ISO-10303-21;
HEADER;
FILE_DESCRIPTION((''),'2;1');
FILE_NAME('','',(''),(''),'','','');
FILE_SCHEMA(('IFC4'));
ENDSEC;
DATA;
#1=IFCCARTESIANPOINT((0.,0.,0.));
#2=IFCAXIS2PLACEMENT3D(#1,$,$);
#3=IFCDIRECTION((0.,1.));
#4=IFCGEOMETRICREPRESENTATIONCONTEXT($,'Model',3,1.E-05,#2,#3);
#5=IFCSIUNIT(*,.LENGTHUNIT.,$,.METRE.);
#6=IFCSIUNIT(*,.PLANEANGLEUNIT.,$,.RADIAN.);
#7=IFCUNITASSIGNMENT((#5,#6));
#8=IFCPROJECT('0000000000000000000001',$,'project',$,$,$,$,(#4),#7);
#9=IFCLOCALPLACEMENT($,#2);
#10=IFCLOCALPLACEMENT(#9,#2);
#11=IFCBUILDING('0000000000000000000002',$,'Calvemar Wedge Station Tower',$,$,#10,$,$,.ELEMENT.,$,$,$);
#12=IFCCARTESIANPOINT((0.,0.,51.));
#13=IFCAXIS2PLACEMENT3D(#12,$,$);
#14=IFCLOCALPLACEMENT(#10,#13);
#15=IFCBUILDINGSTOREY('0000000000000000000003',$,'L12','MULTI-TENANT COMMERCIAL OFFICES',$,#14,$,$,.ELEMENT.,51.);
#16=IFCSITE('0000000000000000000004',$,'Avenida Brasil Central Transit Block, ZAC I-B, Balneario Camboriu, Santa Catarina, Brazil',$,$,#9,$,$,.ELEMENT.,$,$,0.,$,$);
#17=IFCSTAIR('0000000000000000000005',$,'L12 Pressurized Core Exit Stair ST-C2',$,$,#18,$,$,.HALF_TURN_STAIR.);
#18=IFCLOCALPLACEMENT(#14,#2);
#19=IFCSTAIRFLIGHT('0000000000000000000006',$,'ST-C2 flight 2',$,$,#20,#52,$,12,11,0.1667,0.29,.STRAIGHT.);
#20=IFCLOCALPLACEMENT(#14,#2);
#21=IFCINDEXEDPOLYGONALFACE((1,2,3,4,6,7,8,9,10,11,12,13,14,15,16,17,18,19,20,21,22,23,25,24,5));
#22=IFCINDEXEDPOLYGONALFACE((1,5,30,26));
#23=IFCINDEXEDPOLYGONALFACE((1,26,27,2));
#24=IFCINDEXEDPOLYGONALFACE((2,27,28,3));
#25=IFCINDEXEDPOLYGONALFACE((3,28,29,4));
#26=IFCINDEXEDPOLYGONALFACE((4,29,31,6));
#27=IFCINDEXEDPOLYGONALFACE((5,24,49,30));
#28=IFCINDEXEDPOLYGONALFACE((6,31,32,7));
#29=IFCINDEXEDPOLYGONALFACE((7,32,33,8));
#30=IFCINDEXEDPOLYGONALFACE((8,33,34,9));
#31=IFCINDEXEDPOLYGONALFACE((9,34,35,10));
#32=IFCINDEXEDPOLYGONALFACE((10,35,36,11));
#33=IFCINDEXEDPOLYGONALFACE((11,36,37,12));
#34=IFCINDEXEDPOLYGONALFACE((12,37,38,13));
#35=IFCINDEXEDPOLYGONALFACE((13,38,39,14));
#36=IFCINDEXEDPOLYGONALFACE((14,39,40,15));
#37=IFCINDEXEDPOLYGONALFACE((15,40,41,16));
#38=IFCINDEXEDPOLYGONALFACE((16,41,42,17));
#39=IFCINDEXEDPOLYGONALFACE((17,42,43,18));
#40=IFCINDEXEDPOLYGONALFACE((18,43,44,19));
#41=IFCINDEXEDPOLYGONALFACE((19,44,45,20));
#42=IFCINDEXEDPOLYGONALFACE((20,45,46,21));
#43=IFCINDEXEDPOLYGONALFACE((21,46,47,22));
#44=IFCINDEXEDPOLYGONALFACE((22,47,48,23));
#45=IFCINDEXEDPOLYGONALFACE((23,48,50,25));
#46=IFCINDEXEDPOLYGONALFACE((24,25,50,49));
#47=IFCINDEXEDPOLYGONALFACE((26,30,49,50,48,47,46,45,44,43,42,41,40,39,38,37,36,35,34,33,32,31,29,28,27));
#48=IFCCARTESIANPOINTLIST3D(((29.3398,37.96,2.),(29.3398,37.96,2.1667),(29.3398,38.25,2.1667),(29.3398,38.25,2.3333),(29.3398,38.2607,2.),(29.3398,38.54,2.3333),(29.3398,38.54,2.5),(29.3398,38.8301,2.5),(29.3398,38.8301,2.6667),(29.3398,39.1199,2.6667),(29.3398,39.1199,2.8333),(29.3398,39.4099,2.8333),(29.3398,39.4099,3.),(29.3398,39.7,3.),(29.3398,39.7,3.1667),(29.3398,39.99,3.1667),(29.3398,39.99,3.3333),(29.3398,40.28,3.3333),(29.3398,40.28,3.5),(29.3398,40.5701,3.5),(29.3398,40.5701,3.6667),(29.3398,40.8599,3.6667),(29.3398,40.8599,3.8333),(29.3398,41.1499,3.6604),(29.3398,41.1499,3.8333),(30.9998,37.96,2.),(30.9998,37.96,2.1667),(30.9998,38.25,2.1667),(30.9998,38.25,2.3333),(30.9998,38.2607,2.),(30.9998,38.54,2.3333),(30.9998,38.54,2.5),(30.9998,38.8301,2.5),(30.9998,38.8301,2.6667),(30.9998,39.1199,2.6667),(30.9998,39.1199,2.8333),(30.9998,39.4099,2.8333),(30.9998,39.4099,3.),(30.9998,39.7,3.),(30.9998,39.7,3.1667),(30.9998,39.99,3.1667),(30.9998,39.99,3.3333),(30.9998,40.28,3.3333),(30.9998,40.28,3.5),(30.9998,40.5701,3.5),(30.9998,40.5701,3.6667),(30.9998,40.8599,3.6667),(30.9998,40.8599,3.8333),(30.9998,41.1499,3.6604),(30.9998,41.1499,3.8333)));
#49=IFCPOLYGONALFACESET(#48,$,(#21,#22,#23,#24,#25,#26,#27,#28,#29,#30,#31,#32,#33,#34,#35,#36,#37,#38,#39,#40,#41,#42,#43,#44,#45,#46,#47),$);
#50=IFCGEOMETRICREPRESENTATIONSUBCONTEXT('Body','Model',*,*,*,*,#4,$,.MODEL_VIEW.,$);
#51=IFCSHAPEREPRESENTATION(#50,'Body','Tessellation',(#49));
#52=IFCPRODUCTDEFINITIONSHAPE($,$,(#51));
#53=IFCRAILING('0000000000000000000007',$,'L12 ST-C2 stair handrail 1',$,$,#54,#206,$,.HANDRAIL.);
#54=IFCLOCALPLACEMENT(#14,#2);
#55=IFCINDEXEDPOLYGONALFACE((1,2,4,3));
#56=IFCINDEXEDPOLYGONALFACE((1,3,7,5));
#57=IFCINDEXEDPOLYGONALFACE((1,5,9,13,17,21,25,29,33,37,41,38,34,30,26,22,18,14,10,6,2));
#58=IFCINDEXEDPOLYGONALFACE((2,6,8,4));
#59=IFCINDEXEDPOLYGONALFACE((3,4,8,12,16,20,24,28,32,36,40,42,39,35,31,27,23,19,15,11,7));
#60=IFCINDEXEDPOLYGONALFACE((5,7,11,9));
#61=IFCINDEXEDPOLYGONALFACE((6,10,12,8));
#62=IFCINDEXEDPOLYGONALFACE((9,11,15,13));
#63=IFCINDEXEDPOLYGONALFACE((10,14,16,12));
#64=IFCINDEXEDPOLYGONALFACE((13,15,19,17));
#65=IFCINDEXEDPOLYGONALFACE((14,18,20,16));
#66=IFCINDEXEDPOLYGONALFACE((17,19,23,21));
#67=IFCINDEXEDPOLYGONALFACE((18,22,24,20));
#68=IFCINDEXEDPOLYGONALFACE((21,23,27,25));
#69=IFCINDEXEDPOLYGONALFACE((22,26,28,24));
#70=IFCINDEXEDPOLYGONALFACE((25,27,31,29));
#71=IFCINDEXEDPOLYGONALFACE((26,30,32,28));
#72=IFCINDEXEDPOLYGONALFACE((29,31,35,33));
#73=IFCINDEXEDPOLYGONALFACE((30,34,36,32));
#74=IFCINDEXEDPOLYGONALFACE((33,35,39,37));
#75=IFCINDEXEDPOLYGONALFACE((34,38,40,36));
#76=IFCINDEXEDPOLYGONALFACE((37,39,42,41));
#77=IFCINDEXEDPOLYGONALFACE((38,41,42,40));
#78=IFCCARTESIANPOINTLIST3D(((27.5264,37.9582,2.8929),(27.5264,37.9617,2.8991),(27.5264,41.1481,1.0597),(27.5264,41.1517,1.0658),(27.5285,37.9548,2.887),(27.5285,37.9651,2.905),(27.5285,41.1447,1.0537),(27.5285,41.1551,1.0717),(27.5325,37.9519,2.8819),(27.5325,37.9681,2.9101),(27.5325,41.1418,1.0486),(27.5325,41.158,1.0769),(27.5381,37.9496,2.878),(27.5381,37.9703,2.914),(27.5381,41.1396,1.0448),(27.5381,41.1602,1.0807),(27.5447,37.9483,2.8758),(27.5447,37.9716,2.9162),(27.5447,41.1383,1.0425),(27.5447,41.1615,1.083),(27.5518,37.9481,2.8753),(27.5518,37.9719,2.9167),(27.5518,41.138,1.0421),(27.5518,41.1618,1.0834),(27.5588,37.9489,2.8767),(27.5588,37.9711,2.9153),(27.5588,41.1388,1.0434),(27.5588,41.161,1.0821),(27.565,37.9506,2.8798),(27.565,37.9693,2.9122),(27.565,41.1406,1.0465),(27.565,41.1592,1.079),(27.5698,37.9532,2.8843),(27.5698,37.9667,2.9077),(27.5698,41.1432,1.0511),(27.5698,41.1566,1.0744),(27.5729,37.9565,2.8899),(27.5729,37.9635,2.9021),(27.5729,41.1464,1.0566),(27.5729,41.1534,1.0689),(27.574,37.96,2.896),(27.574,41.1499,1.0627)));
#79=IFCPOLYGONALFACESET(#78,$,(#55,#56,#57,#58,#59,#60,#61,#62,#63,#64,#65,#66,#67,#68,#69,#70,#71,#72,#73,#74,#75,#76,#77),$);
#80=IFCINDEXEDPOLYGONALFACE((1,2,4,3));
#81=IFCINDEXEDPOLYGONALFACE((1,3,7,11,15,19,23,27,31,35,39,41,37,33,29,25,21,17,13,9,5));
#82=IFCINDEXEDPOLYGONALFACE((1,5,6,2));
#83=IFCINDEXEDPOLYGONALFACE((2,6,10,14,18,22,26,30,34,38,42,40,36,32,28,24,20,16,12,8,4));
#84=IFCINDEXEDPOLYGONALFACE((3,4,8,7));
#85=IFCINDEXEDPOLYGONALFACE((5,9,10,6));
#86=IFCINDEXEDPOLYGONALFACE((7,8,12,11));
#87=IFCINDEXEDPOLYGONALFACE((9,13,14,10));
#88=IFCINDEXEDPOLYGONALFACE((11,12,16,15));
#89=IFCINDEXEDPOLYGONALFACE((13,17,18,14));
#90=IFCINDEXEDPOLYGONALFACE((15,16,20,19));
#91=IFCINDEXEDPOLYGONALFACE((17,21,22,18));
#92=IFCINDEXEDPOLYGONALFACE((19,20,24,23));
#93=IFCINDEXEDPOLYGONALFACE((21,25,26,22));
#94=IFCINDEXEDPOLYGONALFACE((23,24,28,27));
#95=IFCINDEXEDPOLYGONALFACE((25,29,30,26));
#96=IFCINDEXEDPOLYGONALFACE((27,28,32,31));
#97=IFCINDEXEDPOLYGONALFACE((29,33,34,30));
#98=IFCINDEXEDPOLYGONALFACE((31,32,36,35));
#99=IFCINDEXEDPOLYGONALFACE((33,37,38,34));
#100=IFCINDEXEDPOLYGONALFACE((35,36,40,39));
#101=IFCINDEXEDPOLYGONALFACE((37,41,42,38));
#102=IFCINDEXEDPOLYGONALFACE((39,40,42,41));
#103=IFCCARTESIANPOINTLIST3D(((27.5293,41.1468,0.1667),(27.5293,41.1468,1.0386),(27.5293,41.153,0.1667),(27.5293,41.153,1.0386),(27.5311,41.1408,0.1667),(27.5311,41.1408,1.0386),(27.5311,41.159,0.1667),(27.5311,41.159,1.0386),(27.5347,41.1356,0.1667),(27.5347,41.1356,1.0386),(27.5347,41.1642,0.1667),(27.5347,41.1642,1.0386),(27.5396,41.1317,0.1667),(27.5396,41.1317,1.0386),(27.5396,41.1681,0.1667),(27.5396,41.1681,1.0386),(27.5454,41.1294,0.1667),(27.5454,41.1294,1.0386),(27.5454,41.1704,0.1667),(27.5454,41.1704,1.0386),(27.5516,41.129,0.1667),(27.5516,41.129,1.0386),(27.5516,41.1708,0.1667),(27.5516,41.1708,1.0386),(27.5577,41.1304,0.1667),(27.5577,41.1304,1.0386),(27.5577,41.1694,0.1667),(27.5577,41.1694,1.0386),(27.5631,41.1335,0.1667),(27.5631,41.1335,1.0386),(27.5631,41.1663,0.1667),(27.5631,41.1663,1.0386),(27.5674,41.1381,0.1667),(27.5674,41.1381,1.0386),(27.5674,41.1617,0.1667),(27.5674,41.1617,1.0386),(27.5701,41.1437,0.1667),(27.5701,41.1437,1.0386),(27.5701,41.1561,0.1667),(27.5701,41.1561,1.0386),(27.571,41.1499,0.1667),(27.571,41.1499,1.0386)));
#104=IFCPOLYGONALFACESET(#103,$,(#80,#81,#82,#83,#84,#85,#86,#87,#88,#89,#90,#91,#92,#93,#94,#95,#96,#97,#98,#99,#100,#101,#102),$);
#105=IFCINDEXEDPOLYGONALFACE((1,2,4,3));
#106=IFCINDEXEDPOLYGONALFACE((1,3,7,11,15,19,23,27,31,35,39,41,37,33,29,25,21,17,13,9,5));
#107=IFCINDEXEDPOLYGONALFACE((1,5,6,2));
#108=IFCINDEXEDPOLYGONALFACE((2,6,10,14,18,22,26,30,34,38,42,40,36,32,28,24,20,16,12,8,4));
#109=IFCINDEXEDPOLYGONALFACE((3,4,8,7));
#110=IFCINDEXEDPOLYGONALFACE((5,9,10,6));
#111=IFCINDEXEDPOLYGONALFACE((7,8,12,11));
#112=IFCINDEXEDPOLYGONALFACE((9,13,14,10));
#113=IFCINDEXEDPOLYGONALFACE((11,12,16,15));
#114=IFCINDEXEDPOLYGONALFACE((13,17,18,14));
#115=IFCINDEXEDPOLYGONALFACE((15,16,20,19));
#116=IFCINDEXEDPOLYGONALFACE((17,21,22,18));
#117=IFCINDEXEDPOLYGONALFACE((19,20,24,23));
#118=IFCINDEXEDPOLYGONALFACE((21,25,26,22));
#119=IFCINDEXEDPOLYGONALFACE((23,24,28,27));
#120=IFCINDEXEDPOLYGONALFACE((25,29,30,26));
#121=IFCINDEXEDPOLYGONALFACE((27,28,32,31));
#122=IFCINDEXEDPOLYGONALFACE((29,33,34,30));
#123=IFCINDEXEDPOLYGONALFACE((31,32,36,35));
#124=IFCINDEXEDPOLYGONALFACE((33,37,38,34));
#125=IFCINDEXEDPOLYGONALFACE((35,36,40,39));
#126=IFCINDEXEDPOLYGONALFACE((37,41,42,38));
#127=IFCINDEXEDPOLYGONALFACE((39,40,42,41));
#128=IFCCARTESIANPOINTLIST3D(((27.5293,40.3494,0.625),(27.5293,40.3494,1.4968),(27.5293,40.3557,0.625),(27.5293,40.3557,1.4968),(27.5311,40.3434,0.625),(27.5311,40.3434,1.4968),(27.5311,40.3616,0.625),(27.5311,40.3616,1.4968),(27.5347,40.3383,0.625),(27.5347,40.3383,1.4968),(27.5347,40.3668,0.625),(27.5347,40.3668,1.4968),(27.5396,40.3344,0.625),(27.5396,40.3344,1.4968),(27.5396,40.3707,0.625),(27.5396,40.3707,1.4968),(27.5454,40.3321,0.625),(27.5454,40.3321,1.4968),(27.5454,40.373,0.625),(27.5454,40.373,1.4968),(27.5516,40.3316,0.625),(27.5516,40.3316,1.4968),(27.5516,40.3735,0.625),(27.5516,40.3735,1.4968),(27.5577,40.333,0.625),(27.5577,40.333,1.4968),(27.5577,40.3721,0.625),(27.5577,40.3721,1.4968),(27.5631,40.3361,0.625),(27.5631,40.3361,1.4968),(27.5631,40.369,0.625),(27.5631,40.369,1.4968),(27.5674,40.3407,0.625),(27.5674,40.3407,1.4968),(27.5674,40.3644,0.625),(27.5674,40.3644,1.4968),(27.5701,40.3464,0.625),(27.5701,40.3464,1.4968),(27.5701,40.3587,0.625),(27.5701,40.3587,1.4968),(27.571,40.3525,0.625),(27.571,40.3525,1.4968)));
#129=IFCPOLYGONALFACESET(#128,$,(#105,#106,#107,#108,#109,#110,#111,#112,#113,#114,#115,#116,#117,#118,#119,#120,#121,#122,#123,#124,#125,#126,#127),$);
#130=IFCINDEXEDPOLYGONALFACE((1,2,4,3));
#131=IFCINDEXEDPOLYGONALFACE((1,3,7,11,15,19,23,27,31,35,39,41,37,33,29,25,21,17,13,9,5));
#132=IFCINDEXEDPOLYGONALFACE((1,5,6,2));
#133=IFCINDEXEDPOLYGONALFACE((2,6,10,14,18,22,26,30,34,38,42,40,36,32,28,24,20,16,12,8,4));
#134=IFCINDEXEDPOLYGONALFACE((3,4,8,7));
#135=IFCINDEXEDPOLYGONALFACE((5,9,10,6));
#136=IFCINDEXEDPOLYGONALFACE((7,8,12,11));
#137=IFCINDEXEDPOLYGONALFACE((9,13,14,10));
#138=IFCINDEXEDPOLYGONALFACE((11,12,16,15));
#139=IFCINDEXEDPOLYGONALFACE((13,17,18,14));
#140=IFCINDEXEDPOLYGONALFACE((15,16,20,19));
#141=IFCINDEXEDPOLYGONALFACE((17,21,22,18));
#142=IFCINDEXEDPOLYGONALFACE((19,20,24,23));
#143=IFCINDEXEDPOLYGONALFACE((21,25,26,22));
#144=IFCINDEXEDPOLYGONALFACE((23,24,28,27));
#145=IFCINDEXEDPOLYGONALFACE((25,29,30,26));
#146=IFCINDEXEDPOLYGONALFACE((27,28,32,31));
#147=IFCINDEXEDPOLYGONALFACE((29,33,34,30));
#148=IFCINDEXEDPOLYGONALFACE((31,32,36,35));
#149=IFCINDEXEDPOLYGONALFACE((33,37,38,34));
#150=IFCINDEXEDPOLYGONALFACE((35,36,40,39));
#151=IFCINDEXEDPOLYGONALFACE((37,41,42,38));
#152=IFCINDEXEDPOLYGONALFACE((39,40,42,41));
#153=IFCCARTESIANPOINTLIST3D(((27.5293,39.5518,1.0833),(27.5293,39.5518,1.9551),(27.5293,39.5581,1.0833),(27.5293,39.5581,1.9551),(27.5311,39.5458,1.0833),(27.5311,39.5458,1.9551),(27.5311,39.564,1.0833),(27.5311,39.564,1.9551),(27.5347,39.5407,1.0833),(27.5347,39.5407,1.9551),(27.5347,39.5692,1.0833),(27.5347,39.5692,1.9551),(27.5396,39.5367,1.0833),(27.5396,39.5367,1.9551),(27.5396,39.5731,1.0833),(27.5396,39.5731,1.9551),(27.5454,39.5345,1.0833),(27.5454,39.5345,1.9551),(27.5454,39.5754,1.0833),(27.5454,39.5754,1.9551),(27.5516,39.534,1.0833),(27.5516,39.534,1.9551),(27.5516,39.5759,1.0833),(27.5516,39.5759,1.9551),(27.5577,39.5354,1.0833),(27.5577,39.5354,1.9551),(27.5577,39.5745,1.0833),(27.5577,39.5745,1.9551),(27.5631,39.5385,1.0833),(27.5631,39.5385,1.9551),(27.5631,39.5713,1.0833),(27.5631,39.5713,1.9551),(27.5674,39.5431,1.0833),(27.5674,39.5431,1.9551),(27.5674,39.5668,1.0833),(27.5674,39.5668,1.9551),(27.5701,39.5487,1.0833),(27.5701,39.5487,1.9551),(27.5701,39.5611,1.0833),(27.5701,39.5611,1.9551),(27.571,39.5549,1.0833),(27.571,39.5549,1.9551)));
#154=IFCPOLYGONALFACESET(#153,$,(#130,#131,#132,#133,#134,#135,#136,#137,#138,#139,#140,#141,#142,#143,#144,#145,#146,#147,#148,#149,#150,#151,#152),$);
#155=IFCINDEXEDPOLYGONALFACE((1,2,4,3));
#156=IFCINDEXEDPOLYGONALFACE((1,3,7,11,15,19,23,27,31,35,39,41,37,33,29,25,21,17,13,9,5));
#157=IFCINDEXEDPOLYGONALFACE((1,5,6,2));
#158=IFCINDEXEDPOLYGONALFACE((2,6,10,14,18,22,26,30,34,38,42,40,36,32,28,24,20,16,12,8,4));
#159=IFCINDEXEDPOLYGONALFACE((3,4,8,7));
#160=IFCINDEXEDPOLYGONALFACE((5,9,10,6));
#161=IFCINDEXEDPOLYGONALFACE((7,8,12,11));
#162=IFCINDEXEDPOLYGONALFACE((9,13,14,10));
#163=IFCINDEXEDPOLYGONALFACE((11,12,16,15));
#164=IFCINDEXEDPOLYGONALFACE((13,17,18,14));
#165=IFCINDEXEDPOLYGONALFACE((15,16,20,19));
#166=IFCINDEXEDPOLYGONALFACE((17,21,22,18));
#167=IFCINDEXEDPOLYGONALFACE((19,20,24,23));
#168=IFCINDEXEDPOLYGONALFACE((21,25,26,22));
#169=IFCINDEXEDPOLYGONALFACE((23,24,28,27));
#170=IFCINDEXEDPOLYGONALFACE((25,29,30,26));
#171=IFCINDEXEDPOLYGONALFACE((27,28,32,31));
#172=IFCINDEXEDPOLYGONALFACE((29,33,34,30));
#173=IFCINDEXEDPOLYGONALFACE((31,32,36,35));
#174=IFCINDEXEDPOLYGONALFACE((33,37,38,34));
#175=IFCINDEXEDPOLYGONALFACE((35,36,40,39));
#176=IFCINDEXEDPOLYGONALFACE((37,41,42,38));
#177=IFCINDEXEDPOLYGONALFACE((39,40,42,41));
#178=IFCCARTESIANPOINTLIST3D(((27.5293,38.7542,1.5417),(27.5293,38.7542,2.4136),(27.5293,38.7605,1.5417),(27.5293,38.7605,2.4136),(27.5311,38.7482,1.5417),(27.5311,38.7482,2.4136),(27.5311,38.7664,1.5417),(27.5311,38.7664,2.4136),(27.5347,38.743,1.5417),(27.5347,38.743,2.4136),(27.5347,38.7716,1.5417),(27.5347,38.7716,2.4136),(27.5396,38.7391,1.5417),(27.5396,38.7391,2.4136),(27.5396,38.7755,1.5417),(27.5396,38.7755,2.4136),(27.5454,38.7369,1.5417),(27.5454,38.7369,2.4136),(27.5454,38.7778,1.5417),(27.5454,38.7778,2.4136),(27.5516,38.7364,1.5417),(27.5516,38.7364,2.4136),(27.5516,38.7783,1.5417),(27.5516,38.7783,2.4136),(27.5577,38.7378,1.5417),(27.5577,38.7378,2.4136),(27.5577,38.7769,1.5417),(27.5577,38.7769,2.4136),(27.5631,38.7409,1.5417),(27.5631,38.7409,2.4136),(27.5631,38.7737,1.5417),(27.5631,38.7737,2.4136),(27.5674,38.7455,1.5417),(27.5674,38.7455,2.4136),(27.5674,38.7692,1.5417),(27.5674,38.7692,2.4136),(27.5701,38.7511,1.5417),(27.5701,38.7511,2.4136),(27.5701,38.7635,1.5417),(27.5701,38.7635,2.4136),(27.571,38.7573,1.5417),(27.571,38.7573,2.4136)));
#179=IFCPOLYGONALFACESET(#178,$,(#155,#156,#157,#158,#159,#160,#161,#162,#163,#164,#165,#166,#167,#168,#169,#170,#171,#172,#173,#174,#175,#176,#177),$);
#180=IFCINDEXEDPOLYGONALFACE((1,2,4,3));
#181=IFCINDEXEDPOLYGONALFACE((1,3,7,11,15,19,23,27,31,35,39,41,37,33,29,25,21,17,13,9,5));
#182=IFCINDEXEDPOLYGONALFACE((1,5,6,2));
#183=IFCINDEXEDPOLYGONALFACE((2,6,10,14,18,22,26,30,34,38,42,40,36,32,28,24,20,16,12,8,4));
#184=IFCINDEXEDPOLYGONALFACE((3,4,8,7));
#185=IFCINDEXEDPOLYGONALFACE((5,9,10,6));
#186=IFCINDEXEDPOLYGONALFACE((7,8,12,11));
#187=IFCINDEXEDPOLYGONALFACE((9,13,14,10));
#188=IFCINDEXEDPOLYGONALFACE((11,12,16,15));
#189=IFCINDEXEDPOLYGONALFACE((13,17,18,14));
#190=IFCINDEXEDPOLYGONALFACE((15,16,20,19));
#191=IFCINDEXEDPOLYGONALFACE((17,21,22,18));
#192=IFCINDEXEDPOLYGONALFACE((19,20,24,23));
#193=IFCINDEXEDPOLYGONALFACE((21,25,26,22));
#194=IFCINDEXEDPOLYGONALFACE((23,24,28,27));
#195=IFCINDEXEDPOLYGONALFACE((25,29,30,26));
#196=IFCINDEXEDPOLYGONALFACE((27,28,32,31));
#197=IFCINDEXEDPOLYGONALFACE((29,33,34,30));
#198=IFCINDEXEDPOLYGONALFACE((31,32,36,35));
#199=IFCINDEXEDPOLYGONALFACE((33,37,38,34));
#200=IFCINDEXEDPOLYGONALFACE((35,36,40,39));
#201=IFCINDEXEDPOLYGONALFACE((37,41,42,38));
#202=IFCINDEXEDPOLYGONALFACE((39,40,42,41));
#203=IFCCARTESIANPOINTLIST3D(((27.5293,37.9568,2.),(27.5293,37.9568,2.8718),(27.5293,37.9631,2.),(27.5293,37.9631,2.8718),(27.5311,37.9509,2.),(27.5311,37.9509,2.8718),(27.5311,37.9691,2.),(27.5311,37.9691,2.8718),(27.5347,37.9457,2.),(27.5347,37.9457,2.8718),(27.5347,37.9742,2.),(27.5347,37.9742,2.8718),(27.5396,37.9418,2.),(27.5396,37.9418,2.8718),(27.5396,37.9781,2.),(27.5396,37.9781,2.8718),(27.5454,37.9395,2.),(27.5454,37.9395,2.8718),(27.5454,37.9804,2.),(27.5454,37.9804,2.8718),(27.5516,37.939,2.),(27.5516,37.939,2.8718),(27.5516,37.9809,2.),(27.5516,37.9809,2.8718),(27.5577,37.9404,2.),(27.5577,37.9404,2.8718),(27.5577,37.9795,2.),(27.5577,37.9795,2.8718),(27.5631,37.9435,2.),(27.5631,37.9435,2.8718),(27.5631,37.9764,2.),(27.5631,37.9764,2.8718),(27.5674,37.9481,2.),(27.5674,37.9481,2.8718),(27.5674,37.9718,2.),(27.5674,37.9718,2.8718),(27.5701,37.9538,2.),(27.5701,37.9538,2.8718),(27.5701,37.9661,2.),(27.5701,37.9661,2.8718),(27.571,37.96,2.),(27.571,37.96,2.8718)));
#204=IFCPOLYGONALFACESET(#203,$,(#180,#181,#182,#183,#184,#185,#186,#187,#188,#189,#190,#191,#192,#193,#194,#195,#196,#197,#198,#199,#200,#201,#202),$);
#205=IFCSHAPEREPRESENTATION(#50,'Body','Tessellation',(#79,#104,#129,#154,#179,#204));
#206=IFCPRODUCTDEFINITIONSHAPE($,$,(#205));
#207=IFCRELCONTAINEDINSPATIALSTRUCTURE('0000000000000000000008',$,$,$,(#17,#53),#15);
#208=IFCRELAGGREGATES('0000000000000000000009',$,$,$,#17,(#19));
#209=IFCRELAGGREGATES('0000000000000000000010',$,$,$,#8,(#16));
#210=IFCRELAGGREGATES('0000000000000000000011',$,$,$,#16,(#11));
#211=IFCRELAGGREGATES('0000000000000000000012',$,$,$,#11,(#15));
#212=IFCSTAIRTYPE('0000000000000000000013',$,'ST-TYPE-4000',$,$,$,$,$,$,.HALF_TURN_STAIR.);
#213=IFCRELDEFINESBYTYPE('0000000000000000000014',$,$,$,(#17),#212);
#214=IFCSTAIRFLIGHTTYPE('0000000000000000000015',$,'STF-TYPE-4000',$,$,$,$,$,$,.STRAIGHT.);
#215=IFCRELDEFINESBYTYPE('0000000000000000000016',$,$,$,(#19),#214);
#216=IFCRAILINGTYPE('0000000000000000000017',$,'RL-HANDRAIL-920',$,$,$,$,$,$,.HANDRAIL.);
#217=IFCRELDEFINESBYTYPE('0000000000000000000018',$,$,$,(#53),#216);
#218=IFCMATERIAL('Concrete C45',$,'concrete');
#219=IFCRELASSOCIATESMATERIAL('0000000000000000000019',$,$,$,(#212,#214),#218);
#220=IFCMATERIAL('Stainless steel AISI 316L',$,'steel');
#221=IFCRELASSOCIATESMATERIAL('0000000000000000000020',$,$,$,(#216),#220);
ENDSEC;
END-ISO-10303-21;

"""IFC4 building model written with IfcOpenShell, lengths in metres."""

from ifc_helpers import new_model, si_unit, direction, frame, origin, origin_2d, place, context, subcontext, project, spatial, polyline, circle, outline, extrude, material, type_object, element, aggregate, save


model = new_model("IFC4")

# Units and contexts
model_context = context("Model", 3, precision=1e-05, world=origin(), true_north=direction((0.0, 1.0)))
body_context = subcontext(model_context, "Body", "Model", "MODEL_VIEW")
ifc_project = project(units=[si_unit("LENGTHUNIT", "METRE"), si_unit("PLANEANGLEUNIT", "RADIAN")], contexts=[model_context])

# Site, building, storey
site_placement = place(None, origin())
site = spatial("IfcSite", under=ifc_project, at=site_placement, Name="Avenida Brasil Central Transit Block, ZAC I-B, Balneario Camboriu, Santa Catarina, Brazil", CompositionType="ELEMENT", RefElevation=0.0)
building_placement = place(site_placement, origin())
building = spatial("IfcBuilding", under=site, at=building_placement, Name="Calvemar Wedge Station Tower", CompositionType="ELEMENT")
storey_placement = place(building_placement, frame((0.0, 0.0, 51.0)))
storey = spatial("IfcBuildingStorey", under=building, at=storey_placement, Name="L12", Description="MULTI-TENANT COMMERCIAL OFFICES", CompositionType="ELEMENT", Elevation=51.0)

# Stair, stair flight
ifc_material_1 = material(Name="Concrete C45", Category="concrete")
stair_type = type_object("IfcStairType", Name="ST-TYPE-4000", PredefinedType="HALF_TURN_STAIR", material=ifc_material_1)
stair_placement = place(storey_placement, origin())
stair = element("IfcStair", 1, at=stair_placement, inside=storey, type_object=stair_type, Name="L12 Pressurized Core Exit Stair ST-C2", PredefinedType="HALF_TURN_STAIR")
stair_flight_type = type_object("IfcStairFlightType", Name="STF-TYPE-4000", PredefinedType="STRAIGHT", material=ifc_material_1)
stair_flight_1_placement = place(storey_placement, frame((30.1699, 37.96, 2.0), z_axis=(0.0, 0.0, 1.0), x_axis=(0.0, 1.0, 0.0)))
stair_flight_1 = element("IfcStairFlight", 2, at=stair_flight_1_placement, type_object=stair_flight_type, Name="ST-C2 flight 2", NumberOfRisers=12, NumberOfTreads=11, PredefinedType="STRAIGHT", RiserHeight=0.1667, TreadLength=0.29, context=body_context, shape_type="SweptSolid", body=[
    extrude(outline(polyline([(0.0, 0.0), (0.0, 0.1667), (0.29, 0.1667), (0.29, 0.3333), (0.5801, 0.3333), (0.5801, 0.5), (0.8701, 0.5), (0.8701, 0.6667), (1.1599, 0.6667), (1.1599, 0.8333), (1.45, 0.8333), (1.45, 1.0), (1.74, 1.0), (1.74, 1.1667), (2.03, 1.1667), (2.03, 1.3333), (2.3201, 1.3333), (2.3201, 1.5), (2.6101, 1.5), (2.6101, 1.6667), (2.8999, 1.6667), (2.8999, 1.8333), (3.1899, 1.8333), (3.1899, 2.0), (3.1899, 1.6604), (0.3008, 0.0), (0.0, 0.0)])), frame((0.0, 0.8301, 0.0), z_axis=(0.0, -1.0, 0.0), x_axis=(1.0, 0.0, 0.0)), (0.0, 0.0, 1.0), 1.6599),
])
aggregate(stair, [stair_flight_1])

# Railing
ifc_material_2 = material(Name="Stainless steel AISI 316L", Category="steel")
railing_type_1 = type_object("IfcRailingType", Name="RL-HANDRAIL-920", PredefinedType="HANDRAIL", material=ifc_material_2)
railing_1_placement = place(storey_placement, frame((27.55, 41.1499, 0.1667)))
element("IfcRailing", 3, at=railing_1_placement, inside=storey, type_object=railing_type_1, Name="L12 ST-C2 stair handrail 1", PredefinedType="HANDRAIL", context=body_context, shape_type="SweptSolid", body=[
    extrude(circle(Radius=0.0239, at=origin_2d()), frame((0.0, 0.0, 0.896), z_axis=(0.0, -0.86702, 0.498274), x_axis=(1.0, 0.0, 0.0)), (0.0, 0.0, 1.0), 3.6792),
    extrude(circle(Radius=0.021, at=origin_2d()), origin(), (0.0, 0.0, 1.0), 0.8718),
    extrude(circle(Radius=0.021, at=origin_2d()), frame((0.0, -0.7974, 0.4583)), (0.0, 0.0, 1.0), 0.8718),
    extrude(circle(Radius=0.021, at=origin_2d()), frame((0.0, -1.595, 0.9165)), (0.0, 0.0, 1.0), 0.8718),
    extrude(circle(Radius=0.021, at=origin_2d()), frame((0.0, -2.3926, 1.375)), (0.0, 0.0, 1.0), 0.8718),
    extrude(circle(Radius=0.021, at=origin_2d()), frame((0.0, -3.1899, 1.8333)), (0.0, 0.0, 1.0), 0.8718),
])

save(model, "model.ifc")
